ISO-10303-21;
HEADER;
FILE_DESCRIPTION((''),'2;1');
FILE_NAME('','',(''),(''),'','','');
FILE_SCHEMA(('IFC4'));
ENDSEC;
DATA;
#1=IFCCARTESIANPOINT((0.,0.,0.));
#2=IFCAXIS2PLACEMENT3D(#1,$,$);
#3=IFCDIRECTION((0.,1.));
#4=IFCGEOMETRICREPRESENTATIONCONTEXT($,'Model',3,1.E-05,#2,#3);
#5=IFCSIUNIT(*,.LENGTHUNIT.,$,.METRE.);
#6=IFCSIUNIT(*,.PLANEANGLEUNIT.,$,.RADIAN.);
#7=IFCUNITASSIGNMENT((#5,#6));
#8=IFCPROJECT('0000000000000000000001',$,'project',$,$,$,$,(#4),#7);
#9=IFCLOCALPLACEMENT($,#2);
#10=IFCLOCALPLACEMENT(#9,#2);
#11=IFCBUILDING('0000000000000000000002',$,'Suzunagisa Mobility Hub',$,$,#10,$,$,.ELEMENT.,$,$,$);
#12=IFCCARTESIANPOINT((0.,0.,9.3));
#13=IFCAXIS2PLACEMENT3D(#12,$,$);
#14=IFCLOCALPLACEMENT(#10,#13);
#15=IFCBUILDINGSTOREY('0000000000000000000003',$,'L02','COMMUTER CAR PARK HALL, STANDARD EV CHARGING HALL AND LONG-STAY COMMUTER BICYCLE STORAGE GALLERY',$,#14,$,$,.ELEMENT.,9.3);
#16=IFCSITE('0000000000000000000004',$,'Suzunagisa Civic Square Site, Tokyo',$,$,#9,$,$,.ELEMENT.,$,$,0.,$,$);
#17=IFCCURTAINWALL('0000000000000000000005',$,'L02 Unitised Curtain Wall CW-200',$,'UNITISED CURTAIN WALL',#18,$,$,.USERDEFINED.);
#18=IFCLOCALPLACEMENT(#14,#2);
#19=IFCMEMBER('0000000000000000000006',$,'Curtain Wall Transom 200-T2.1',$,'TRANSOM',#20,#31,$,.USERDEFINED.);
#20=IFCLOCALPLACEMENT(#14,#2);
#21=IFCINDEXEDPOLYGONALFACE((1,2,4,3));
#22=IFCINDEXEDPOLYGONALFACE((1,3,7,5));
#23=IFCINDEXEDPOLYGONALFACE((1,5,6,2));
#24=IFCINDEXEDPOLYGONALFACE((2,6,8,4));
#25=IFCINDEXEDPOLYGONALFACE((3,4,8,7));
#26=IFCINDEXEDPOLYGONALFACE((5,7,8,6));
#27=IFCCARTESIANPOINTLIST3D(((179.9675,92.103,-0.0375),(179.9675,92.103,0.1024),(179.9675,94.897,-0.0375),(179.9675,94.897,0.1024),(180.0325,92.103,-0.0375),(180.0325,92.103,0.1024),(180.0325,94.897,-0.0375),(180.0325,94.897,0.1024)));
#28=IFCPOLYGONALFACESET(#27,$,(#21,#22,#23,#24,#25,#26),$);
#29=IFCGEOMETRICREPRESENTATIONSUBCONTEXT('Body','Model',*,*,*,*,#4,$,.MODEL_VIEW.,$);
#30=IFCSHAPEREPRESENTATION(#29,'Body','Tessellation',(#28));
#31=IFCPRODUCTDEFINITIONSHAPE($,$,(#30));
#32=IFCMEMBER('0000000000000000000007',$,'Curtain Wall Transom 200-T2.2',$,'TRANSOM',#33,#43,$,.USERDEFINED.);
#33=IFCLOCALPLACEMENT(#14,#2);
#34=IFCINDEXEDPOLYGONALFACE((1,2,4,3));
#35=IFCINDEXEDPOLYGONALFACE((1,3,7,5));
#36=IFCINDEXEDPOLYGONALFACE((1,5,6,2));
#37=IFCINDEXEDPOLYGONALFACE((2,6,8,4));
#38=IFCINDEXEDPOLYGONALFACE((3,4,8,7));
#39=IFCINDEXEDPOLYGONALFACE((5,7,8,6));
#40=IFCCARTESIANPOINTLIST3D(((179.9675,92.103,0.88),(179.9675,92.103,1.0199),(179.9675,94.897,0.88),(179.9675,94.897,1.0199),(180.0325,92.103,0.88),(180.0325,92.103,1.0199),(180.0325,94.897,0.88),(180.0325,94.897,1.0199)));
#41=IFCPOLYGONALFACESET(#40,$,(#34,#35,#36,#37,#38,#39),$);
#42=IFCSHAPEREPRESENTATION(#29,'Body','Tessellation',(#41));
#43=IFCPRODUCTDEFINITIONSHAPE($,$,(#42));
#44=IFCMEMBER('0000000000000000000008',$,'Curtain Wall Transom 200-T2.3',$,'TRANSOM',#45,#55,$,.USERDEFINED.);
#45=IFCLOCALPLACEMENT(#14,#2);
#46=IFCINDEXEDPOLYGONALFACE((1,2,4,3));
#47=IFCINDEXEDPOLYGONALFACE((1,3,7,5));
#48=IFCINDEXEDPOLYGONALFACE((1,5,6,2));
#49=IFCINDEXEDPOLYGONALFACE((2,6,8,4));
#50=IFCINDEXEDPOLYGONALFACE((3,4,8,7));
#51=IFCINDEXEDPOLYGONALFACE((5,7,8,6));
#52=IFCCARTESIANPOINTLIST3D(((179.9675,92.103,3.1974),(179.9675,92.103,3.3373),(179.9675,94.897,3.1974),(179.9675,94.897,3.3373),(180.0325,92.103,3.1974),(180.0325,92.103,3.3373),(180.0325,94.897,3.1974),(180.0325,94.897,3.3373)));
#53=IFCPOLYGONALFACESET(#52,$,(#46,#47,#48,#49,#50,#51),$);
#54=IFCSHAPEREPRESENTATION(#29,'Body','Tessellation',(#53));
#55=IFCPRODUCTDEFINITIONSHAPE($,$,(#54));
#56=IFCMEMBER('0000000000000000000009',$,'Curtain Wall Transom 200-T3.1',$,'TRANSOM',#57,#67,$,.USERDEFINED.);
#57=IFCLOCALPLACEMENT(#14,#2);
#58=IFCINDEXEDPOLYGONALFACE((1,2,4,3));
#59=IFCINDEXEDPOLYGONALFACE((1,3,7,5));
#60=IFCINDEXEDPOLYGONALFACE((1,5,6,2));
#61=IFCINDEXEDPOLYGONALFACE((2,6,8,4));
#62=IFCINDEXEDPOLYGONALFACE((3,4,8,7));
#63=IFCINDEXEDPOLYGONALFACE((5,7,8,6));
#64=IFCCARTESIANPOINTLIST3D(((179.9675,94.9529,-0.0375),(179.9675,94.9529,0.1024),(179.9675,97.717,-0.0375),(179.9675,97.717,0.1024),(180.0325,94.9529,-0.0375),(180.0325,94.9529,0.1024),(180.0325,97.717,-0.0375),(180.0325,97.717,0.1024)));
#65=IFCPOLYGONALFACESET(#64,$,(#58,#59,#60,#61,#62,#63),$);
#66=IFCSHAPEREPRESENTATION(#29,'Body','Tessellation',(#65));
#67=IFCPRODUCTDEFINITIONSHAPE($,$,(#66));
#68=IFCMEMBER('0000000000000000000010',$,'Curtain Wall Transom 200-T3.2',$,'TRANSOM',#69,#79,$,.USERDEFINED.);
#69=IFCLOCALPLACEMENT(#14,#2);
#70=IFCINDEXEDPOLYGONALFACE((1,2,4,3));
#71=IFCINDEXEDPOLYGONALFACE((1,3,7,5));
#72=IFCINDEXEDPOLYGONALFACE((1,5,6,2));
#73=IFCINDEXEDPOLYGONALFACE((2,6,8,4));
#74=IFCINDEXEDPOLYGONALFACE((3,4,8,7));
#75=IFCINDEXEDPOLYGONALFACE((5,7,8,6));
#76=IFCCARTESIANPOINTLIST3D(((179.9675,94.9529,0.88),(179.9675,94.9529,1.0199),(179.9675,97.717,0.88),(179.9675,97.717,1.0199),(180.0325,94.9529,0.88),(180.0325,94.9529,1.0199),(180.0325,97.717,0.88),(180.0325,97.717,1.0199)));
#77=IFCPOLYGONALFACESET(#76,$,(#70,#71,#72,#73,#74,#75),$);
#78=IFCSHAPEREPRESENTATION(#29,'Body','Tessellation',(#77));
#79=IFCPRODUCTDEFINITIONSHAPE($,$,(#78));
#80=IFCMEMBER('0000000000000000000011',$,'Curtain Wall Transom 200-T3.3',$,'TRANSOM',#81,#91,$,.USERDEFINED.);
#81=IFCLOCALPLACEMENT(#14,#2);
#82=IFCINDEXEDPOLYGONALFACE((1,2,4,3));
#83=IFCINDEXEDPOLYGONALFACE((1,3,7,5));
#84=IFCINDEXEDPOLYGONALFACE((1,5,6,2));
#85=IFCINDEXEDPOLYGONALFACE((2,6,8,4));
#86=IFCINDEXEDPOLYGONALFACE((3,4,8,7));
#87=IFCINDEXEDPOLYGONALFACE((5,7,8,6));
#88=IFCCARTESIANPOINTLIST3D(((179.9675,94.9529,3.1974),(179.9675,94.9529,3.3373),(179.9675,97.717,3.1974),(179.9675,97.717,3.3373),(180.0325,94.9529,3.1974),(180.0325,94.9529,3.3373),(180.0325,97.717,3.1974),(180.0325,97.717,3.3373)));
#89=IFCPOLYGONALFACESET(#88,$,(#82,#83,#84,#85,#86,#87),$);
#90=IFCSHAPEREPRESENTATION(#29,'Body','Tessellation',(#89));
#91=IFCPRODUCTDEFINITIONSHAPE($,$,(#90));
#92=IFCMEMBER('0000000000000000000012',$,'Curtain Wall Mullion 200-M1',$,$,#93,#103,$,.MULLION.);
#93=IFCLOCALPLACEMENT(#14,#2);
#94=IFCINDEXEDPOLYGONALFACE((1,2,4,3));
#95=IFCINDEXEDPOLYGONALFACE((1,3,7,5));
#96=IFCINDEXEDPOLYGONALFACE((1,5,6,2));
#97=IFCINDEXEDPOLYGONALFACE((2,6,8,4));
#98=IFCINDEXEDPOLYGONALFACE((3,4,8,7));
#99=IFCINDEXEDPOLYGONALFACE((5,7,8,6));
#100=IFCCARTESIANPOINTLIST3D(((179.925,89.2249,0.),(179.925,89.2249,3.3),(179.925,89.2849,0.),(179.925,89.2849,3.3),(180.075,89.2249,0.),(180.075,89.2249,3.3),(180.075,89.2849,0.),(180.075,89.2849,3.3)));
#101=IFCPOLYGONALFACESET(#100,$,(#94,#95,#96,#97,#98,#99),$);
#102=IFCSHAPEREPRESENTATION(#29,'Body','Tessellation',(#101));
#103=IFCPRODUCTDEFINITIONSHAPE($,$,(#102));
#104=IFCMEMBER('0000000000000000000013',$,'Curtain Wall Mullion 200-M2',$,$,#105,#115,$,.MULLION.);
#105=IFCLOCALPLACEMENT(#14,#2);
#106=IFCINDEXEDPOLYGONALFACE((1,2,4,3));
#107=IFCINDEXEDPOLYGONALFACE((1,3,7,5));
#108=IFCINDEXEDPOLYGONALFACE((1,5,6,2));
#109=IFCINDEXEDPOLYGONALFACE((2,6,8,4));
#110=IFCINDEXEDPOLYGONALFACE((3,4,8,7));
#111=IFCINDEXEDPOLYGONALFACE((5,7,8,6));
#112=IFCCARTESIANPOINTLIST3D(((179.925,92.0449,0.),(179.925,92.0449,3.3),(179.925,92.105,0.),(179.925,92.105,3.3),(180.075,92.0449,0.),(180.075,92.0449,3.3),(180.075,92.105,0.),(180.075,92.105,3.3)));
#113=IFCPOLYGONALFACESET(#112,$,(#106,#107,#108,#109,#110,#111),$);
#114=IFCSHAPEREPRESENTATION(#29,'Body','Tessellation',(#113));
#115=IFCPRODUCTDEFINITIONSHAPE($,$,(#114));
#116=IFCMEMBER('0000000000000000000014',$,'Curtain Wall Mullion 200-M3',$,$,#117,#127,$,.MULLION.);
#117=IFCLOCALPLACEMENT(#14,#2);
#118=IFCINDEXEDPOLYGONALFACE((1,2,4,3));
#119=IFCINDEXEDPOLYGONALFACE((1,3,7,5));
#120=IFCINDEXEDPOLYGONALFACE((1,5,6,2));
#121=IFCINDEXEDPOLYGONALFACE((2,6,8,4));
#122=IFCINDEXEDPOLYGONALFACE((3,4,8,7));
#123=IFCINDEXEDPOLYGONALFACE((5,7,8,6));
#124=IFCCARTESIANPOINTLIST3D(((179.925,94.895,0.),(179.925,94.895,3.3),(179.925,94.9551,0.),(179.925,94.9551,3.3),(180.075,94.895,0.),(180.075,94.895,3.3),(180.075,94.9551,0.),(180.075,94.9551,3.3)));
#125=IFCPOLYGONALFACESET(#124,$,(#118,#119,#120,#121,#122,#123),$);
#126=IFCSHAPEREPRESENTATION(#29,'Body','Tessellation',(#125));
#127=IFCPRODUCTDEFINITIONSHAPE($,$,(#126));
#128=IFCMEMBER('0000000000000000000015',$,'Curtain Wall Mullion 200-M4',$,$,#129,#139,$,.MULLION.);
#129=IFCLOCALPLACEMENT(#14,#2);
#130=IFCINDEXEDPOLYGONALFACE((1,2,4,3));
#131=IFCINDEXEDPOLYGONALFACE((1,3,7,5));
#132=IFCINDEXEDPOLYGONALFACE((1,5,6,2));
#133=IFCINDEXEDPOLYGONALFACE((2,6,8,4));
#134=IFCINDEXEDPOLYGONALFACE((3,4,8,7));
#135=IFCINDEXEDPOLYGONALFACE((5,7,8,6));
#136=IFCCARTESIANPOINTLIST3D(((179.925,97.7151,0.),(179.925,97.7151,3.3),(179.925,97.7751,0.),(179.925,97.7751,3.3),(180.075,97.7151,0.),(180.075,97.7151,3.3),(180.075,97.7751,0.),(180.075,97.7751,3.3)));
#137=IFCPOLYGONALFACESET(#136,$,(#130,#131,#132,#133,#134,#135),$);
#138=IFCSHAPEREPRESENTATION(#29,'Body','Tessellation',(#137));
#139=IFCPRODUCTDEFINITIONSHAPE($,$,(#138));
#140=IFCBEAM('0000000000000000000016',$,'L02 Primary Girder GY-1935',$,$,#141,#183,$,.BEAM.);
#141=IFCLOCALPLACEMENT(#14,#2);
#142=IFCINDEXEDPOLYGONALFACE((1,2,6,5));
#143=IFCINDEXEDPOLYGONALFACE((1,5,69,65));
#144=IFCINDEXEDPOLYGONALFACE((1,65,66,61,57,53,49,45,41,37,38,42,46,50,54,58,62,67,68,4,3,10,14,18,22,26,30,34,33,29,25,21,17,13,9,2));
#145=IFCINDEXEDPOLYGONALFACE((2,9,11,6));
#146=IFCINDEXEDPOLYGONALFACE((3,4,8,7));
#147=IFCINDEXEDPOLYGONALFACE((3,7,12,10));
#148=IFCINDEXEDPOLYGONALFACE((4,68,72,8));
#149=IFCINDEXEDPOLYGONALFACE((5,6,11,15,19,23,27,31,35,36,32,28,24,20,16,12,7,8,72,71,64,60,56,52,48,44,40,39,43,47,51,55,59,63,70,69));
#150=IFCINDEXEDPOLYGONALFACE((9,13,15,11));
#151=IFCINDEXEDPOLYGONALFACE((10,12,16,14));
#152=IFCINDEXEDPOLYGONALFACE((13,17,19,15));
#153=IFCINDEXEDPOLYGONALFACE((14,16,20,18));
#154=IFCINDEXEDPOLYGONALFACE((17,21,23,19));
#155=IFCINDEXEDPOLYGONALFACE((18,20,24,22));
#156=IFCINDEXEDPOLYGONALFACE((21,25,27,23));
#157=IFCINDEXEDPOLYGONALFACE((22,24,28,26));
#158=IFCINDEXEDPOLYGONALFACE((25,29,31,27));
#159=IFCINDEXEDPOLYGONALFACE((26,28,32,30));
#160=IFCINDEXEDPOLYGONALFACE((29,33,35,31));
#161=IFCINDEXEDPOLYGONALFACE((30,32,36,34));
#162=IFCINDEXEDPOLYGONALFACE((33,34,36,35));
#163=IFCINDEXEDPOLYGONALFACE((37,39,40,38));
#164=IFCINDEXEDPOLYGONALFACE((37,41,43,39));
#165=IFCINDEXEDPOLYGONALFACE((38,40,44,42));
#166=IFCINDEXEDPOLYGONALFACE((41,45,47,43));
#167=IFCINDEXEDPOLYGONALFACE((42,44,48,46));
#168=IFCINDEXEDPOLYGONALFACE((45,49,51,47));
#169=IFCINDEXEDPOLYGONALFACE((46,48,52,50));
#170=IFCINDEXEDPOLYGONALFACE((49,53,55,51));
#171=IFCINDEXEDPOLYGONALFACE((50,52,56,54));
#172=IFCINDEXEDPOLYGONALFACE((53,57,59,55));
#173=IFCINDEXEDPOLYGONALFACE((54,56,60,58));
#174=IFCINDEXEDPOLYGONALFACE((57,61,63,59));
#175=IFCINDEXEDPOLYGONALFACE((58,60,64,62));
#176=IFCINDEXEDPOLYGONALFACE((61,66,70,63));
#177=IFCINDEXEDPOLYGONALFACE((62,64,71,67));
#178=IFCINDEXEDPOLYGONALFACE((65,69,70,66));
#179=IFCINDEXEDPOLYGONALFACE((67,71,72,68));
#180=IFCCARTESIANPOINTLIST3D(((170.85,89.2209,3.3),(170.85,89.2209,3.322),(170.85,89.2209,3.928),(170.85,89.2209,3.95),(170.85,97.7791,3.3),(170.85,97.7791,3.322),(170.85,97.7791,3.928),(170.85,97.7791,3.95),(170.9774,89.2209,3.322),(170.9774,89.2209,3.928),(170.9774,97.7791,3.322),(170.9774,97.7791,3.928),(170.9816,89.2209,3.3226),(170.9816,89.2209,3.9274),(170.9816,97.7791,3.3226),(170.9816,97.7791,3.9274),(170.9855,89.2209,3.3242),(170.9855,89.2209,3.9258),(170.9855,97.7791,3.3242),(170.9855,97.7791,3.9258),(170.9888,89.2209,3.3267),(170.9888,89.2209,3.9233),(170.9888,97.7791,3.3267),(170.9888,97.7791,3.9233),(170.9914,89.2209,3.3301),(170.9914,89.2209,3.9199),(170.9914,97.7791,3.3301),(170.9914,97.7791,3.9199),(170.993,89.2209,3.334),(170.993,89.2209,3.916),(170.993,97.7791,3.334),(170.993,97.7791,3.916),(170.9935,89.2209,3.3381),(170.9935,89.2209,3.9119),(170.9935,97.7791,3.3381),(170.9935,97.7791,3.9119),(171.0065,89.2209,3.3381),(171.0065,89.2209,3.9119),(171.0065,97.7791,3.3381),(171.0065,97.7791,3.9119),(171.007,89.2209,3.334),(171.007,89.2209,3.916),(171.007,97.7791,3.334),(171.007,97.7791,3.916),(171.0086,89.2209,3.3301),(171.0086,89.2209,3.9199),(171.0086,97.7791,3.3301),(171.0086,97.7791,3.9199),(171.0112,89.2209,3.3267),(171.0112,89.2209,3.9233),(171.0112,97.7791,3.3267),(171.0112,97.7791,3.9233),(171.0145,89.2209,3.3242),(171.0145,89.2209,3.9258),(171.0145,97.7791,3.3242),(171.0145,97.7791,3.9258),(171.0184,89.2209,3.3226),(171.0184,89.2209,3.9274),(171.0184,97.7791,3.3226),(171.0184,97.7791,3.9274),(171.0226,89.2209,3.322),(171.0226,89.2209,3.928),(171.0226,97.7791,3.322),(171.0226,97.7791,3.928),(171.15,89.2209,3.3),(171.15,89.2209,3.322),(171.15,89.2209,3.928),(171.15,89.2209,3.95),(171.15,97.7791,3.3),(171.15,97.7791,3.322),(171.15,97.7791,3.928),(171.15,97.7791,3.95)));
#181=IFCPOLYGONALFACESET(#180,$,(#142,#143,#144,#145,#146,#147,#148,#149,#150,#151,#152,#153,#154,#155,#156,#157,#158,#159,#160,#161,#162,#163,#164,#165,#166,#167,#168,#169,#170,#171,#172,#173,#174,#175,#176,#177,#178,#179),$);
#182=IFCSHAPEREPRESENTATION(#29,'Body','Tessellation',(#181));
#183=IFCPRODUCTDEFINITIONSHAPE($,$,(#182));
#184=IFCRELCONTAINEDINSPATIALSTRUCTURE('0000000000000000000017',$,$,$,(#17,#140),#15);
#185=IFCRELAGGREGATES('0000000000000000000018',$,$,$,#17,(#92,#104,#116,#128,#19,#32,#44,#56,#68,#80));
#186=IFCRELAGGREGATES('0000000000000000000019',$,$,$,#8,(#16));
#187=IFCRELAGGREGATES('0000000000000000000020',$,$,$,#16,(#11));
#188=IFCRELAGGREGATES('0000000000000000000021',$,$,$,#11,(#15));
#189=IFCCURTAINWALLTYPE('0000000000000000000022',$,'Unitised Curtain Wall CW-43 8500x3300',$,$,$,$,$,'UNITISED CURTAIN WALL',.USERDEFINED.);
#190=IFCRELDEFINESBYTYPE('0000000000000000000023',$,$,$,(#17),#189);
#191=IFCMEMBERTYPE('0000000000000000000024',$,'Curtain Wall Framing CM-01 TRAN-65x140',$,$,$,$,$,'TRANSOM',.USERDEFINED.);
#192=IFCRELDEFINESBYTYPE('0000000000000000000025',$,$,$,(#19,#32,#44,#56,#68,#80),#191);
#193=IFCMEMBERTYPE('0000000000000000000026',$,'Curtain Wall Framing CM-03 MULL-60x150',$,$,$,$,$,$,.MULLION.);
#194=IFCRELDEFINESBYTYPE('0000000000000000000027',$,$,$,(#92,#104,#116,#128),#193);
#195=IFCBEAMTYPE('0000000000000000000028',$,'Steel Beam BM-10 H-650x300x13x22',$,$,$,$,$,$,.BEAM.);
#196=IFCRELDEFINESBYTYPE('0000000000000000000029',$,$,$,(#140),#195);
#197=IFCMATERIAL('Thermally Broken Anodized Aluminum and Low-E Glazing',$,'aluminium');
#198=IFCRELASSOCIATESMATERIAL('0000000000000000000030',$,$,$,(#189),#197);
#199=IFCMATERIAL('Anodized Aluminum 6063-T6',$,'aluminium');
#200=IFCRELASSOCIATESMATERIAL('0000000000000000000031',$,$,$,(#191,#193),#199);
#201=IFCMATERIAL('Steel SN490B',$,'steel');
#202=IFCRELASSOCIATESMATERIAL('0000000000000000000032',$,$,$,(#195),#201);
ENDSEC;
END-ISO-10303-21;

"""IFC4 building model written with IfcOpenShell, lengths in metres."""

from ifc_helpers import new_model, si_unit, direction, frame, origin, origin_2d, place, context, subcontext, project, spatial, rectangle, i_section, extrude, material, material_profile, profile_set, type_object, element, aggregate, save


model = new_model("IFC4")

# Units and contexts
model_context = context("Model", 3, precision=1e-05, world=origin(), true_north=direction((0.0, 1.0)))
body_context = subcontext(model_context, "Body", "Model", "MODEL_VIEW")
ifc_project = project(units=[si_unit("LENGTHUNIT", "METRE"), si_unit("PLANEANGLEUNIT", "RADIAN")], contexts=[model_context])

# Site, building, storey
site_placement = place(None, origin())
site = spatial("IfcSite", under=ifc_project, at=site_placement, Name="Suzunagisa Civic Square Site, Tokyo", CompositionType="ELEMENT", RefElevation=0.0)
building_placement = place(site_placement, origin())
building = spatial("IfcBuilding", under=site, at=building_placement, Name="Suzunagisa Mobility Hub", CompositionType="ELEMENT")
storey_placement = place(building_placement, frame((0.0, 0.0, 9.3)))
storey = spatial("IfcBuildingStorey", under=building, at=storey_placement, Name="L02", Description="COMMUTER CAR PARK HALL, STANDARD EV CHARGING HALL AND LONG-STAY COMMUTER BICYCLE STORAGE GALLERY", CompositionType="ELEMENT", Elevation=9.3)

# Shared definitions
ifc_material_1 = material(Name="Steel SN490B", Category="steel")

# Curtain wall, members
ifc_material_2 = material(Name="Thermally Broken Anodized Aluminum and Low-E Glazing", Category="aluminium")
curtain_wall_type = type_object("IfcCurtainWallType", Name="Unitised Curtain Wall CW-43 8500x3300", ElementType="UNITISED CURTAIN WALL", PredefinedType="USERDEFINED", material=ifc_material_2)
curtain_wall_placement = place(storey_placement, origin())
curtain_wall = element("IfcCurtainWall", 1, at=curtain_wall_placement, inside=storey, type_object=curtain_wall_type, Name="L02 Unitised Curtain Wall CW-200", ObjectType="UNITISED CURTAIN WALL", PredefinedType="USERDEFINED")
ifc_material_3 = material(Name="Anodized Aluminum 6063-T6", Category="aluminium")
ifc_material_profile_1 = material_profile(ifc_material_3, rectangle(XDim=0.0649, YDim=0.1399, at=origin_2d()), Name="TRAN-65x140")
ifc_profile_set_1 = profile_set([ifc_material_profile_1], Name="Anodized Aluminum 6063-T6")
member_type_1 = type_object("IfcMemberType", Name="Curtain Wall Framing CM-01 TRAN-65x140", ElementType="TRANSOM", PredefinedType="USERDEFINED", material=ifc_profile_set_1)
member_1_placement = place(storey_placement, frame((180.0, 92.103, 0.0325), z_axis=(0.0, 1.0, 0.0), x_axis=(-1.0, 0.0, 0.0)))
member_1 = element("IfcMember", 2, at=member_1_placement, type_object=member_type_1, Name="Curtain Wall Transom 200-T2.1", ObjectType="TRANSOM", PredefinedType="USERDEFINED", context=body_context, shape_type="SweptSolid", body=[
    extrude(rectangle(XDim=0.0649, YDim=0.1399, at=origin_2d()), origin(), (0.0, 0.0, 1.0), 2.7939),
])
member_2_placement = place(storey_placement, frame((180.0, 92.103, 0.95), z_axis=(0.0, 1.0, 0.0), x_axis=(-1.0, 0.0, 0.0)))
member_2 = element("IfcMember", 3, at=member_2_placement, type_object=member_type_1, Name="Curtain Wall Transom 200-T2.2", ObjectType="TRANSOM", PredefinedType="USERDEFINED", context=body_context, shape_type="SweptSolid", body=[
    extrude(rectangle(XDim=0.0649, YDim=0.1399, at=origin_2d()), origin(), (0.0, 0.0, 1.0), 2.7939),
])
member_3_placement = place(storey_placement, frame((180.0, 92.103, 3.2673), z_axis=(0.0, 1.0, 0.0), x_axis=(-1.0, 0.0, 0.0)))
member_3 = element("IfcMember", 4, at=member_3_placement, type_object=member_type_1, Name="Curtain Wall Transom 200-T2.3", ObjectType="TRANSOM", PredefinedType="USERDEFINED", context=body_context, shape_type="SweptSolid", body=[
    extrude(rectangle(XDim=0.0649, YDim=0.1399, at=origin_2d()), origin(), (0.0, 0.0, 1.0), 2.7939),
])
member_4_placement = place(storey_placement, frame((180.0, 94.9529, 0.0325), z_axis=(0.0, 1.0, 0.0), x_axis=(-1.0, 0.0, 0.0)))
member_4 = element("IfcMember", 5, at=member_4_placement, type_object=member_type_1, Name="Curtain Wall Transom 200-T3.1", ObjectType="TRANSOM", PredefinedType="USERDEFINED", context=body_context, shape_type="SweptSolid", body=[
    extrude(rectangle(XDim=0.0649, YDim=0.1399, at=origin_2d()), origin(), (0.0, 0.0, 1.0), 2.7642),
])
member_5_placement = place(storey_placement, frame((180.0, 94.9529, 0.95), z_axis=(0.0, 1.0, 0.0), x_axis=(-1.0, 0.0, 0.0)))
member_5 = element("IfcMember", 6, at=member_5_placement, type_object=member_type_1, Name="Curtain Wall Transom 200-T3.2", ObjectType="TRANSOM", PredefinedType="USERDEFINED", context=body_context, shape_type="SweptSolid", body=[
    extrude(rectangle(XDim=0.0649, YDim=0.1399, at=origin_2d()), origin(), (0.0, 0.0, 1.0), 2.7642),
])
member_6_placement = place(storey_placement, frame((180.0, 94.9529, 3.2673), z_axis=(0.0, 1.0, 0.0), x_axis=(-1.0, 0.0, 0.0)))
member_6 = element("IfcMember", 7, at=member_6_placement, type_object=member_type_1, Name="Curtain Wall Transom 200-T3.3", ObjectType="TRANSOM", PredefinedType="USERDEFINED", context=body_context, shape_type="SweptSolid", body=[
    extrude(rectangle(XDim=0.0649, YDim=0.1399, at=origin_2d()), origin(), (0.0, 0.0, 1.0), 2.7642),
])
ifc_material_profile_2 = material_profile(ifc_material_3, rectangle(XDim=0.0601, YDim=0.1499, at=origin_2d()), Name="MULL-60x150")
ifc_profile_set_2 = profile_set([ifc_material_profile_2], Name="Anodized Aluminum 6063-T6")
member_type_2 = type_object("IfcMemberType", Name="Curtain Wall Framing CM-03 MULL-60x150", PredefinedType="MULLION", material=ifc_profile_set_2)
member_7_placement = place(storey_placement, frame((180.0, 89.2549, 0.0), z_axis=(0.0, 0.0, 1.0), x_axis=(0.0, 1.0, 0.0)))
member_7 = element("IfcMember", 8, at=member_7_placement, type_object=member_type_2, Name="Curtain Wall Mullion 200-M1", PredefinedType="MULLION", context=body_context, shape_type="SweptSolid", body=[
    extrude(rectangle(XDim=0.0601, YDim=0.1499, at=origin_2d()), origin(), (0.0, 0.0, 1.0), 3.3),
])
member_8_placement = place(storey_placement, frame((180.0, 92.075, 0.0), z_axis=(0.0, 0.0, 1.0), x_axis=(0.0, 1.0, 0.0)))
member_8 = element("IfcMember", 9, at=member_8_placement, type_object=member_type_2, Name="Curtain Wall Mullion 200-M2", PredefinedType="MULLION", context=body_context, shape_type="SweptSolid", body=[
    extrude(rectangle(XDim=0.0601, YDim=0.1499, at=origin_2d()), origin(), (0.0, 0.0, 1.0), 3.3),
])
member_9_placement = place(storey_placement, frame((180.0, 94.925, 0.0), z_axis=(0.0, 0.0, 1.0), x_axis=(0.0, 1.0, 0.0)))
member_9 = element("IfcMember", 10, at=member_9_placement, type_object=member_type_2, Name="Curtain Wall Mullion 200-M3", PredefinedType="MULLION", context=body_context, shape_type="SweptSolid", body=[
    extrude(rectangle(XDim=0.0601, YDim=0.1499, at=origin_2d()), origin(), (0.0, 0.0, 1.0), 3.3),
])
member_10_placement = place(storey_placement, frame((180.0, 97.7451, 0.0), z_axis=(0.0, 0.0, 1.0), x_axis=(0.0, 1.0, 0.0)))
member_10 = element("IfcMember", 11, at=member_10_placement, type_object=member_type_2, Name="Curtain Wall Mullion 200-M4", PredefinedType="MULLION", context=body_context, shape_type="SweptSolid", body=[
    extrude(rectangle(XDim=0.0601, YDim=0.1499, at=origin_2d()), origin(), (0.0, 0.0, 1.0), 3.3),
])

# Beam
ifc_material_profile_3 = material_profile(ifc_material_1, i_section(OverallWidth=0.3, OverallDepth=0.6499, WebThickness=0.0129, FlangeThickness=0.022, FilletRadius=0.0161, at=origin_2d()), Name="H-650x300x13x22")
ifc_profile_set_3 = profile_set([ifc_material_profile_3], Name="Steel SN490B")
beam_type_1 = type_object("IfcBeamType", Name="Steel Beam BM-10 H-650x300x13x22", PredefinedType="BEAM", material=ifc_profile_set_3)
for number, where, z_axis, x_axis, name in (
    (12, (171.0, 89.2209, 3.625), (0.0, 1.0, 0.0), (-1.0, 0.0, 0.0), "L02 Primary Girder GY-1935"),
):
    element("IfcBeam", number, at=place(storey_placement, frame(where, z_axis=z_axis, x_axis=x_axis)), inside=storey, type_object=beam_type_1, Name=name, PredefinedType="BEAM", context=body_context, shape_type="SweptSolid", body=[
        extrude(i_section(OverallWidth=0.3, OverallDepth=0.6499, WebThickness=0.0129, FlangeThickness=0.022, FilletRadius=0.0161, at=origin_2d()), origin(), (0.0, 0.0, 1.0), 8.5581),
    ])

aggregate(curtain_wall, [member_7, member_8, member_9, member_10, member_1, member_2, member_3, member_4, member_5, member_6])

save(model, "model.ifc")
